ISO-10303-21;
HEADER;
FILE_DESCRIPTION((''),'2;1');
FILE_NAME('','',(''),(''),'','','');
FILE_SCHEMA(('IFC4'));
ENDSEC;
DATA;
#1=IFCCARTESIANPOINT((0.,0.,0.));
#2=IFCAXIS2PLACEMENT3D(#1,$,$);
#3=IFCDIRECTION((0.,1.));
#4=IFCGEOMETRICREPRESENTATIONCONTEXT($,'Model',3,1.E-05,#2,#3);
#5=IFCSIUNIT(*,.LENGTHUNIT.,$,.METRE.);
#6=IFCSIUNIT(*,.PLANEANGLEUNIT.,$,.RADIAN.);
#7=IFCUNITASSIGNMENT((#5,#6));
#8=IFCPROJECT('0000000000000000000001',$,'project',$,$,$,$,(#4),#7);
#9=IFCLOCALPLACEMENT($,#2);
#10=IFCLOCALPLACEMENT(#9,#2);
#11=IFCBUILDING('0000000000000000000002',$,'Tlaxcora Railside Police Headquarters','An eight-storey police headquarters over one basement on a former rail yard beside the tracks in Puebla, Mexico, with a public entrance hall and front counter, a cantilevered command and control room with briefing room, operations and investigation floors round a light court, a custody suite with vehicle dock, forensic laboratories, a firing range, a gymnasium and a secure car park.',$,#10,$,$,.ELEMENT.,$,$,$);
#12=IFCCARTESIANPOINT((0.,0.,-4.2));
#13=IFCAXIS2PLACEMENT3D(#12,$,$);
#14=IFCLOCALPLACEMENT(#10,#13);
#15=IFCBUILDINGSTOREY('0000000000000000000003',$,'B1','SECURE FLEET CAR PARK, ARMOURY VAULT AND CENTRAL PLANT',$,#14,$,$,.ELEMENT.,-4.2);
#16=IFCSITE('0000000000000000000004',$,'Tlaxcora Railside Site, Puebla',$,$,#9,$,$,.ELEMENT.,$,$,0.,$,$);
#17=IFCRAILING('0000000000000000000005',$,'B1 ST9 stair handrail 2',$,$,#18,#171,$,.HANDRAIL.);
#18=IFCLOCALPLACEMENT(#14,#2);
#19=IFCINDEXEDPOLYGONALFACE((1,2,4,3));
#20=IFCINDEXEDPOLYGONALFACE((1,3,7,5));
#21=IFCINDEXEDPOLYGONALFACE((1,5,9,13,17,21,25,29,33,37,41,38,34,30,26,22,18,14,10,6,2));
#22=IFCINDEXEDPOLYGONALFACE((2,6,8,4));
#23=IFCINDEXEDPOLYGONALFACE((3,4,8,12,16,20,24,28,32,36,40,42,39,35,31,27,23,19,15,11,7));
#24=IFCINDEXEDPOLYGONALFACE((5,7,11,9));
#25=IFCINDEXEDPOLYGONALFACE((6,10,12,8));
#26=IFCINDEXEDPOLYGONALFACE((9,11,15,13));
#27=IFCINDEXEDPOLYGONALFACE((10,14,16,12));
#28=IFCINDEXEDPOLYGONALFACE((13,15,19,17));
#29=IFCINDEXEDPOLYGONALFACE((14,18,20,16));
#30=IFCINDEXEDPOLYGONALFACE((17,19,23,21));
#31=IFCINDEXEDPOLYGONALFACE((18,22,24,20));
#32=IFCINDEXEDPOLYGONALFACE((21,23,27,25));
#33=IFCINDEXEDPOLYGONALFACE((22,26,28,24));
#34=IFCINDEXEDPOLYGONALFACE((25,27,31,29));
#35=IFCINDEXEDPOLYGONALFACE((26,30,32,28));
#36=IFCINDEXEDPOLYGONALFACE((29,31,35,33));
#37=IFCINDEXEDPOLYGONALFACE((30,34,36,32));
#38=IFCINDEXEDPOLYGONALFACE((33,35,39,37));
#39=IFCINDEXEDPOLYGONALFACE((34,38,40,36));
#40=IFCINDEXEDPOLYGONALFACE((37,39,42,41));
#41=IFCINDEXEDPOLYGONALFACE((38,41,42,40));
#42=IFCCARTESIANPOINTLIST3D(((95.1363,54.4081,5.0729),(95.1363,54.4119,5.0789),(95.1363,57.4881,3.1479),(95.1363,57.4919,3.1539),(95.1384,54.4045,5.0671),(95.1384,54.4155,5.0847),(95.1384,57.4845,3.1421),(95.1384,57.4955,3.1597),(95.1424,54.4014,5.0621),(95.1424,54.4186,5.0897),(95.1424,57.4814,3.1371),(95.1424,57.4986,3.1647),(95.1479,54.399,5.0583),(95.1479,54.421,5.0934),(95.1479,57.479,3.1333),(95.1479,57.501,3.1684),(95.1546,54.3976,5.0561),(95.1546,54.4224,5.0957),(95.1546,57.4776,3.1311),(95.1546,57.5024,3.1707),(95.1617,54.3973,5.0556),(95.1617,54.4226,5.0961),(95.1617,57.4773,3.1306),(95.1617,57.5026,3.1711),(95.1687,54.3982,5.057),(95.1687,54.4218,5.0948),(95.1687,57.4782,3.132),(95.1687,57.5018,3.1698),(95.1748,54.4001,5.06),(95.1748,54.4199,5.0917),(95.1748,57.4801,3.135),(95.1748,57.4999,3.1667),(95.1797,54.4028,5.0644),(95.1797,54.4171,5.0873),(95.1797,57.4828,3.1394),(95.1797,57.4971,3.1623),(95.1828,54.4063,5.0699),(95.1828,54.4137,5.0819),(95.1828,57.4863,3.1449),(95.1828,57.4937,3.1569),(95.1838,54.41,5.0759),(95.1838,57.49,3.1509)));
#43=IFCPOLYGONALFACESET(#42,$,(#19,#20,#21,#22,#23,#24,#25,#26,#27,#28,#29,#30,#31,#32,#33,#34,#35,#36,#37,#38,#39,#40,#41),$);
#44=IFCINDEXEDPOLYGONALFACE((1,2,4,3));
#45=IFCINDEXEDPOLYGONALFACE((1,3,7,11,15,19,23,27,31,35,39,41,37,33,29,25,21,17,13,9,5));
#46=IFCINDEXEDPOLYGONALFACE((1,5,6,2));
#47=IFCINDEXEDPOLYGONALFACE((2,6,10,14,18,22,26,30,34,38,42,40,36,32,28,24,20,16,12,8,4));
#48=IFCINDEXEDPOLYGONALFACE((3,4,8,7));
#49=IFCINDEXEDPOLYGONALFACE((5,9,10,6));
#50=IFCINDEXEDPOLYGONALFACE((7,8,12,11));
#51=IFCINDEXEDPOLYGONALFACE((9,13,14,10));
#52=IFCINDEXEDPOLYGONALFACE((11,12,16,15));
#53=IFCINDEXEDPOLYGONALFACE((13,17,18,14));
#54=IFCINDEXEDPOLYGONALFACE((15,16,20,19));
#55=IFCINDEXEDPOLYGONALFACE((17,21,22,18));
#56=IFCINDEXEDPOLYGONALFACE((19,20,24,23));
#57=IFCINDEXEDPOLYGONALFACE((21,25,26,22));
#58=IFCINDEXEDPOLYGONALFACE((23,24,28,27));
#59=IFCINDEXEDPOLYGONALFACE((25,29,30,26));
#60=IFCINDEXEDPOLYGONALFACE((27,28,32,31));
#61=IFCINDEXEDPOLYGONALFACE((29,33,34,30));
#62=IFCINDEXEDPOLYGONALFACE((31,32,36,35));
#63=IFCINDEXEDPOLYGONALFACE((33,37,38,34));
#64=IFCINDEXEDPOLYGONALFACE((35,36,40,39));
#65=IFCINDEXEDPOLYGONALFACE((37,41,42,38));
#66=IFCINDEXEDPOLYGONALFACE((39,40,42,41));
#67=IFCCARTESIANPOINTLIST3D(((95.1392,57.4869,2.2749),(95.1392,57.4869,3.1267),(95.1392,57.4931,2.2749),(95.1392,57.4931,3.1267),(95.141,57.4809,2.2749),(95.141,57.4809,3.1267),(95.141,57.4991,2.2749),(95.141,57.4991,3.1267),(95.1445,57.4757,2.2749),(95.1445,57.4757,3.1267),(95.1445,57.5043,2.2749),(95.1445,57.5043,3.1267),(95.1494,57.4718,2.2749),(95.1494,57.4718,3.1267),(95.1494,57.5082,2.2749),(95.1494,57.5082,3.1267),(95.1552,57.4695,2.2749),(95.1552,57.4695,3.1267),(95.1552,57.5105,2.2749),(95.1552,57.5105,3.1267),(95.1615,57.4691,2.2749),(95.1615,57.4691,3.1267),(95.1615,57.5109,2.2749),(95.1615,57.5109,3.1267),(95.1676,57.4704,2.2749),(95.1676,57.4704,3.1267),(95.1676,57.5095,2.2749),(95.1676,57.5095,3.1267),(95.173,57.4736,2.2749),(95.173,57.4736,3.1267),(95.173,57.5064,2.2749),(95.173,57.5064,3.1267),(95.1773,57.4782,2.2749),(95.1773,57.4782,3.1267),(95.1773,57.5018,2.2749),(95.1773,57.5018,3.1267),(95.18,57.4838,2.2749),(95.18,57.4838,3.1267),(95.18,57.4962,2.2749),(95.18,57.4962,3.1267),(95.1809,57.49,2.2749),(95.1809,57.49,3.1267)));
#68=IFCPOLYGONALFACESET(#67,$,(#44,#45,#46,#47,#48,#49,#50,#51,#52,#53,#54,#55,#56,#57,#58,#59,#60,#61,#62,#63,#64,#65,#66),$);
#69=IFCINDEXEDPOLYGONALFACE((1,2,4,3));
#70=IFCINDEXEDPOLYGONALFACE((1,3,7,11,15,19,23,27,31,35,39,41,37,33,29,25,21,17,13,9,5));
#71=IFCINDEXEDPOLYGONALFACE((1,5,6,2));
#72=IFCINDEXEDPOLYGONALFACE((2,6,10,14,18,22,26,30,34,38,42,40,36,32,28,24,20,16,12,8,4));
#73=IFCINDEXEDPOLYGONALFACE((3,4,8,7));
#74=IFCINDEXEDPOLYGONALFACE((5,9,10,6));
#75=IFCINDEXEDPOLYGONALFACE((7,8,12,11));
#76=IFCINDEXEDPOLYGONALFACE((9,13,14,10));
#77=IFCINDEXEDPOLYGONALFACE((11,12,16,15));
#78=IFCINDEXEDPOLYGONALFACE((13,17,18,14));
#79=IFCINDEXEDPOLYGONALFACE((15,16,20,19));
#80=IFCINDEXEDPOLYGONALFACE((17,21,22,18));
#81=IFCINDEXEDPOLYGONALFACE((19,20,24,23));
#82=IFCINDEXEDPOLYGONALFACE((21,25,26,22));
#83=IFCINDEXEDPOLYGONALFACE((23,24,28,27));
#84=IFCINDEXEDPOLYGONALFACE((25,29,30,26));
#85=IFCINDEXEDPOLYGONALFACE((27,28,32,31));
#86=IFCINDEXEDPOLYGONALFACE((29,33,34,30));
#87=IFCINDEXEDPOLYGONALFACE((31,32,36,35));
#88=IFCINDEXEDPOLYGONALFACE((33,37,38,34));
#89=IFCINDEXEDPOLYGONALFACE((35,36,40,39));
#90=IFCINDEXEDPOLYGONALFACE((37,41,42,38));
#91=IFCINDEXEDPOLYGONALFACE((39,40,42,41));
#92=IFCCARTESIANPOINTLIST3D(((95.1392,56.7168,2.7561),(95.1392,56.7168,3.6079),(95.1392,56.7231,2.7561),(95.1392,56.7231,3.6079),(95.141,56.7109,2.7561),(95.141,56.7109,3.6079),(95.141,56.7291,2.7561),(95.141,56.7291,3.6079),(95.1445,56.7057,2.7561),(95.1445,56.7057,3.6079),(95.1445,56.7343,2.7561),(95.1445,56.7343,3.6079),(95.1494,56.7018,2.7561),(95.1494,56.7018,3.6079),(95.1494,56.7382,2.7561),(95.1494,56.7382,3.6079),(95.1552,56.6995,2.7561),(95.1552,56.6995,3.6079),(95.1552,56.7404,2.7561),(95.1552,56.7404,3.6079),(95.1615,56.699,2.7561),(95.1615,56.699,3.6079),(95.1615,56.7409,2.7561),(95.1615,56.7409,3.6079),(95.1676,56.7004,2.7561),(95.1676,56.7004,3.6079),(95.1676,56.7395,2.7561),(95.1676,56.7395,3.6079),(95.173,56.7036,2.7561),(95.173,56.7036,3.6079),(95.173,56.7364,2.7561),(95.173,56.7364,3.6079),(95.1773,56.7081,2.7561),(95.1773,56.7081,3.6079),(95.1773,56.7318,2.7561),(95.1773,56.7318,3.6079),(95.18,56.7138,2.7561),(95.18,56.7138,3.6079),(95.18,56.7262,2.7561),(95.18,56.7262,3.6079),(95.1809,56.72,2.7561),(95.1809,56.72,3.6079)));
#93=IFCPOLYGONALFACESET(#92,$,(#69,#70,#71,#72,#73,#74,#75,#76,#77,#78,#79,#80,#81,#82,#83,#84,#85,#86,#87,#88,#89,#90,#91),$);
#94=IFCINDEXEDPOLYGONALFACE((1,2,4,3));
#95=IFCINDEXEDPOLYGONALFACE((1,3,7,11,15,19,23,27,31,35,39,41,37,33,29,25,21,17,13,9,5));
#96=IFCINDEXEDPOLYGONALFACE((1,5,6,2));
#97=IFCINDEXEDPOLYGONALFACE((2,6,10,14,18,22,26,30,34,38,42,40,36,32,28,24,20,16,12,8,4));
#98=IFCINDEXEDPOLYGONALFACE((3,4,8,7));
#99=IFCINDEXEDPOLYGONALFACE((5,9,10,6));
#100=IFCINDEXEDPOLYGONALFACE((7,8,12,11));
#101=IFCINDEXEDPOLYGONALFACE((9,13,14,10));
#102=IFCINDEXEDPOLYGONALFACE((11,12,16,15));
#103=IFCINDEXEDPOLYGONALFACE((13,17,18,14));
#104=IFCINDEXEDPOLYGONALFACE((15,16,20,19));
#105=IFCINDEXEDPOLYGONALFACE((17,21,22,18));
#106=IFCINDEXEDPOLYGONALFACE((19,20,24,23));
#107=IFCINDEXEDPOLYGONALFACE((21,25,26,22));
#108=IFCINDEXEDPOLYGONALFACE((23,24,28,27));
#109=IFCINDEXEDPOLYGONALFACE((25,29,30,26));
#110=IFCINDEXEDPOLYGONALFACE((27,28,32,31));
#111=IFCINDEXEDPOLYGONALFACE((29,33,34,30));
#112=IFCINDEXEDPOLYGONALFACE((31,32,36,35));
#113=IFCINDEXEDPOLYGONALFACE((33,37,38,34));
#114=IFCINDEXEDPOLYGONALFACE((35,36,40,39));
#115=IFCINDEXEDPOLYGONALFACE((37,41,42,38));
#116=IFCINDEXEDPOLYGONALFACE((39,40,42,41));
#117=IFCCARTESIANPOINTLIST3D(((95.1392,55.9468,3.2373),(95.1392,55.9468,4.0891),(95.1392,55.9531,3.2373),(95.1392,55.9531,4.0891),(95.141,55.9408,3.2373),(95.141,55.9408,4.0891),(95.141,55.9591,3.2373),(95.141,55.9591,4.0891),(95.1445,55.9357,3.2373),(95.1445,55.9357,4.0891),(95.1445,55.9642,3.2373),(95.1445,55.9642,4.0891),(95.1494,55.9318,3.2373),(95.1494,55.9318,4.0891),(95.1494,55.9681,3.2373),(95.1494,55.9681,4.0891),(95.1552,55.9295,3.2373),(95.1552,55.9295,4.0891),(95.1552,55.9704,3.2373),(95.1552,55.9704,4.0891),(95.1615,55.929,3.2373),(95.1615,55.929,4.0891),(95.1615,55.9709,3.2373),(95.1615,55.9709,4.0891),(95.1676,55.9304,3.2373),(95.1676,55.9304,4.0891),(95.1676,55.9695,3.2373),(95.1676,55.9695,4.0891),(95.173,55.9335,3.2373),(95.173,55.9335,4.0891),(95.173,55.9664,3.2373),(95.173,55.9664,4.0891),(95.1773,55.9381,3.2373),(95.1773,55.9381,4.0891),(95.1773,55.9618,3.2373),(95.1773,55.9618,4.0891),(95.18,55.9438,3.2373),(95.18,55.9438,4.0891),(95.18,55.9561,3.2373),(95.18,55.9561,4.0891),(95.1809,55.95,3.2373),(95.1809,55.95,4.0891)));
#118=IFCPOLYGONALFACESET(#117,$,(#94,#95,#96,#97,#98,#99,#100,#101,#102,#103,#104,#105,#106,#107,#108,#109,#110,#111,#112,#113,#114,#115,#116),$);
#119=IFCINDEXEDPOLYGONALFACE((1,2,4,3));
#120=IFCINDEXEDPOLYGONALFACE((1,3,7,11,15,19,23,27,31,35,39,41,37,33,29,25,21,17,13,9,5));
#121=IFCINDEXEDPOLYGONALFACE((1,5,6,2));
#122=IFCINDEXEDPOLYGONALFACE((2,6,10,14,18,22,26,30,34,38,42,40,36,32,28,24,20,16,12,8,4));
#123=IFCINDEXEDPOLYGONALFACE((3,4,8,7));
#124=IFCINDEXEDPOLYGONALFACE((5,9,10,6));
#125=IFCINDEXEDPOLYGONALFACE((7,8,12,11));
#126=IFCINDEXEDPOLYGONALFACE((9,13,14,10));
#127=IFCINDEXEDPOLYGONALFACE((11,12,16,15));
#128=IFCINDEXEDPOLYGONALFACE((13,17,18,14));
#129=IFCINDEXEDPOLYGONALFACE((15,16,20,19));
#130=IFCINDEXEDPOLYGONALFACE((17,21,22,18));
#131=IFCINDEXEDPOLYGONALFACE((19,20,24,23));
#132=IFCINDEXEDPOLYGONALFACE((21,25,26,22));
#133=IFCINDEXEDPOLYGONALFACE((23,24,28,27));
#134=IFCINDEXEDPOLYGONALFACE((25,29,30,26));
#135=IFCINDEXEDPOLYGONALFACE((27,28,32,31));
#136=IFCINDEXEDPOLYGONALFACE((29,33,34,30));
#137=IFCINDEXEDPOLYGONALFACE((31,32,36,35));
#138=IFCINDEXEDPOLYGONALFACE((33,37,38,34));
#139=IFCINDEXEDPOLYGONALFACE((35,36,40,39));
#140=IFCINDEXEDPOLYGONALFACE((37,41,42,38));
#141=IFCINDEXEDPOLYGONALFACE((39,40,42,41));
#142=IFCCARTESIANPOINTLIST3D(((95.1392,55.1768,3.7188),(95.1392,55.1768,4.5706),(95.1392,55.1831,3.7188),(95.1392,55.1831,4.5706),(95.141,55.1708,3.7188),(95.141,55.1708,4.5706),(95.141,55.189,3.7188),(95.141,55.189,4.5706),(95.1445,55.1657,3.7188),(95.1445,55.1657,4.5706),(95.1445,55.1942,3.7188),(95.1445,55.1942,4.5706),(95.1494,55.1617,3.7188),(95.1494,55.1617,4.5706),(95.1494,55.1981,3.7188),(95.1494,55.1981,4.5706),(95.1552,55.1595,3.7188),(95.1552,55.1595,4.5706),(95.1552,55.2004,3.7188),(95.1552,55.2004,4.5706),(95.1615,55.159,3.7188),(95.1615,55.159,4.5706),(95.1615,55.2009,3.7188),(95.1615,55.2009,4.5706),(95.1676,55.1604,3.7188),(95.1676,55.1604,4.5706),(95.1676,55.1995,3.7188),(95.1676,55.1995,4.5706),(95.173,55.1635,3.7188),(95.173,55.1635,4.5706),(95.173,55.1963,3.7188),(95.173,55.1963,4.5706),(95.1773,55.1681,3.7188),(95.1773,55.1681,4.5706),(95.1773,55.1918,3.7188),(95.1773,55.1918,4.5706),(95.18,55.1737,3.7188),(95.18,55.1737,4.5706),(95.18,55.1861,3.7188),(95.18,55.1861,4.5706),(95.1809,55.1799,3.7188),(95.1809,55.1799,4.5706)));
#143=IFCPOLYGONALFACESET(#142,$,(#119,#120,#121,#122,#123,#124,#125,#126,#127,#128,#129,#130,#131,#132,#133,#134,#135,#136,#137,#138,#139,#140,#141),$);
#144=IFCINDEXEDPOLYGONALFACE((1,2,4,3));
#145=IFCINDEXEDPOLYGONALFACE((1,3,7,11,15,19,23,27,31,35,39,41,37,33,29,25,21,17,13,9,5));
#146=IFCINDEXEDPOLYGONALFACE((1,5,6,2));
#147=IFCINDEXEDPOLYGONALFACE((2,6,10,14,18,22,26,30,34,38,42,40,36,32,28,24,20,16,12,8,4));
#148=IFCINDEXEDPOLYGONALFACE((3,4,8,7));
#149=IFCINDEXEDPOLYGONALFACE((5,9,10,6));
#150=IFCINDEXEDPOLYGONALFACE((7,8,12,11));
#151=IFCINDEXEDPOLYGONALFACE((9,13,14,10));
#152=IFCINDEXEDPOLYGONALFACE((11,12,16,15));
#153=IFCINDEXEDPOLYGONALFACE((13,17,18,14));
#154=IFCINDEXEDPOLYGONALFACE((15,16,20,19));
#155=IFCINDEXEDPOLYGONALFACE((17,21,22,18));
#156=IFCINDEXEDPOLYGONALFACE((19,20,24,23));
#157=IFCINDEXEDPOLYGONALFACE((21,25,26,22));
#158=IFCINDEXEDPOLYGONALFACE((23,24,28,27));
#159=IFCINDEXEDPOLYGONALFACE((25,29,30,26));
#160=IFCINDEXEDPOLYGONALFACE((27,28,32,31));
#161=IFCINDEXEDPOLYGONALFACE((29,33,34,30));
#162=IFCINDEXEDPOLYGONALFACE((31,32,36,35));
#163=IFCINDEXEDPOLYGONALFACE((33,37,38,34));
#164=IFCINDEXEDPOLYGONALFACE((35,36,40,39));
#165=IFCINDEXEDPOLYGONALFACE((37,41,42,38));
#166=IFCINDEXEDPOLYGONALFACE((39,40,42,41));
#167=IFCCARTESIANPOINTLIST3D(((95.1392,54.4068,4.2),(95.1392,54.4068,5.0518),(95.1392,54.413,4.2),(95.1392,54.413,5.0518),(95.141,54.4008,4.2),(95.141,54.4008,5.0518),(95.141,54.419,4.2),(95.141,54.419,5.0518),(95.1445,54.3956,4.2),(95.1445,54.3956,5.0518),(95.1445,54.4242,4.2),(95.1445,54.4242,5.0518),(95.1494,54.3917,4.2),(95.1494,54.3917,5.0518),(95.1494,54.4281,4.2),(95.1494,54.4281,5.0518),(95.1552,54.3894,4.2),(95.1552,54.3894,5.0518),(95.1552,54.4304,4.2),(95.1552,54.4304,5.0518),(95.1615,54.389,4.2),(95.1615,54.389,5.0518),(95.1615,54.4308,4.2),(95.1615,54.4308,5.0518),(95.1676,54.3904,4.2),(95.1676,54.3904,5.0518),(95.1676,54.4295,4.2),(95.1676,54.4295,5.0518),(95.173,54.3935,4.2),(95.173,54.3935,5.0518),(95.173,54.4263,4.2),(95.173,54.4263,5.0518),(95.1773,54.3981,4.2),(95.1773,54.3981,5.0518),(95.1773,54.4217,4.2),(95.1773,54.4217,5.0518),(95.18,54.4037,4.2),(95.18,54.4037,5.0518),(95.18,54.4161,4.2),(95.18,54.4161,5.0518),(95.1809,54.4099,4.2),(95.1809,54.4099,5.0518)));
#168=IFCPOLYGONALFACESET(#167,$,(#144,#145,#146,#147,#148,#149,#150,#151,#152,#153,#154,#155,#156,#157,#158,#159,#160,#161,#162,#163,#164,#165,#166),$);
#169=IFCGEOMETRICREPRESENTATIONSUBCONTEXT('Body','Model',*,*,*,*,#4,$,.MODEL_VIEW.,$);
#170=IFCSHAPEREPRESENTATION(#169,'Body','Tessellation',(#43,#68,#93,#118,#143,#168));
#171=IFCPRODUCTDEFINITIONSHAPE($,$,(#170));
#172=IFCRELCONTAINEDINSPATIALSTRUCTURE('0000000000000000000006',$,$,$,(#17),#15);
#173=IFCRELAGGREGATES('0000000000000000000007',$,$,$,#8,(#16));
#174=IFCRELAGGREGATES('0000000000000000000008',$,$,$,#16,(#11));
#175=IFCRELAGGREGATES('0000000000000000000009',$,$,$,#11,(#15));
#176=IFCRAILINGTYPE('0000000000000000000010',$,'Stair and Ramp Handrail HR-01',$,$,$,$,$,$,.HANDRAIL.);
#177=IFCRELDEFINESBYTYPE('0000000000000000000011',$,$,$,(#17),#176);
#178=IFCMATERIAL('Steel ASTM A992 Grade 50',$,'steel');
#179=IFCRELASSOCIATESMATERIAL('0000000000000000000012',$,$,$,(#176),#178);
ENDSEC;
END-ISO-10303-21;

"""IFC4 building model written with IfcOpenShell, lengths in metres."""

from ifc_helpers import new_model, si_unit, direction, frame, origin, origin_2d, place, context, subcontext, project, spatial, circle, extrude, material, type_object, element, save


model = new_model("IFC4")

# Units and contexts
model_context = context("Model", 3, precision=1e-05, world=origin(), true_north=direction((0.0, 1.0)))
body_context = subcontext(model_context, "Body", "Model", "MODEL_VIEW")
ifc_project = project(units=[si_unit("LENGTHUNIT", "METRE"), si_unit("PLANEANGLEUNIT", "RADIAN")], contexts=[model_context])

# Site, building, storey
site_placement = place(None, origin())
site = spatial("IfcSite", under=ifc_project, at=site_placement, Name="Tlaxcora Railside Site, Puebla", CompositionType="ELEMENT", RefElevation=0.0)
building_placement = place(site_placement, origin())
building = spatial("IfcBuilding", under=site, at=building_placement, Name="Tlaxcora Railside Police Headquarters", Description="An eight-storey police headquarters over one basement on a former rail yard beside the tracks in Puebla, Mexico, with a public entrance hall and front counter, a cantilevered command and control room with briefing room, operations and investigation floors round a light court, a custody suite with vehicle dock, forensic laboratories, a firing range, a gymnasium and a secure car park.", CompositionType="ELEMENT")
storey_placement = place(building_placement, frame((0.0, 0.0, -4.2)))
storey = spatial("IfcBuildingStorey", under=building, at=storey_placement, Name="B1", Description="SECURE FLEET CAR PARK, ARMOURY VAULT AND CENTRAL PLANT", CompositionType="ELEMENT", Elevation=-4.2)

# Shared definitions
ifc_material_1 = material(Name="Steel ASTM A992 Grade 50", Category="steel")

# Railing
railing_type_1 = type_object("IfcRailingType", Name="Stair and Ramp Handrail HR-01", PredefinedType="HANDRAIL", material=ifc_material_1)
railing_1_placement = place(storey_placement, frame((95.1599, 57.49, 2.2749)))
element("IfcRailing", 1, at=railing_1_placement, inside=storey, type_object=railing_type_1, Name="B1 ST9 stair handrail 2", PredefinedType="HANDRAIL", context=body_context, shape_type="SweptSolid", body=[
    extrude(circle(Radius=0.0239, at=origin_2d()), frame((0.0, 0.0, 0.876), z_axis=(0.0, -0.847998, 0.529999), x_axis=(1.0, 0.0, 0.0)), (0.0, 0.0, 1.0), 3.6321),
    extrude(circle(Radius=0.021, at=origin_2d()), origin(), (0.0, 0.0, 1.0), 0.8518),
    extrude(circle(Radius=0.021, at=origin_2d()), frame((0.0, -0.77, 0.4812)), (0.0, 0.0, 1.0), 0.8518),
    extrude(circle(Radius=0.021, at=origin_2d()), frame((0.0, -1.54, 0.9624)), (0.0, 0.0, 1.0), 0.8518),
    extrude(circle(Radius=0.021, at=origin_2d()), frame((0.0, -2.3101, 1.4438)), (0.0, 0.0, 1.0), 0.8518),
    extrude(circle(Radius=0.021, at=origin_2d()), frame((0.0, -3.0801, 1.925)), (0.0, 0.0, 1.0), 0.8518),
])

save(model, "model.ifc")
